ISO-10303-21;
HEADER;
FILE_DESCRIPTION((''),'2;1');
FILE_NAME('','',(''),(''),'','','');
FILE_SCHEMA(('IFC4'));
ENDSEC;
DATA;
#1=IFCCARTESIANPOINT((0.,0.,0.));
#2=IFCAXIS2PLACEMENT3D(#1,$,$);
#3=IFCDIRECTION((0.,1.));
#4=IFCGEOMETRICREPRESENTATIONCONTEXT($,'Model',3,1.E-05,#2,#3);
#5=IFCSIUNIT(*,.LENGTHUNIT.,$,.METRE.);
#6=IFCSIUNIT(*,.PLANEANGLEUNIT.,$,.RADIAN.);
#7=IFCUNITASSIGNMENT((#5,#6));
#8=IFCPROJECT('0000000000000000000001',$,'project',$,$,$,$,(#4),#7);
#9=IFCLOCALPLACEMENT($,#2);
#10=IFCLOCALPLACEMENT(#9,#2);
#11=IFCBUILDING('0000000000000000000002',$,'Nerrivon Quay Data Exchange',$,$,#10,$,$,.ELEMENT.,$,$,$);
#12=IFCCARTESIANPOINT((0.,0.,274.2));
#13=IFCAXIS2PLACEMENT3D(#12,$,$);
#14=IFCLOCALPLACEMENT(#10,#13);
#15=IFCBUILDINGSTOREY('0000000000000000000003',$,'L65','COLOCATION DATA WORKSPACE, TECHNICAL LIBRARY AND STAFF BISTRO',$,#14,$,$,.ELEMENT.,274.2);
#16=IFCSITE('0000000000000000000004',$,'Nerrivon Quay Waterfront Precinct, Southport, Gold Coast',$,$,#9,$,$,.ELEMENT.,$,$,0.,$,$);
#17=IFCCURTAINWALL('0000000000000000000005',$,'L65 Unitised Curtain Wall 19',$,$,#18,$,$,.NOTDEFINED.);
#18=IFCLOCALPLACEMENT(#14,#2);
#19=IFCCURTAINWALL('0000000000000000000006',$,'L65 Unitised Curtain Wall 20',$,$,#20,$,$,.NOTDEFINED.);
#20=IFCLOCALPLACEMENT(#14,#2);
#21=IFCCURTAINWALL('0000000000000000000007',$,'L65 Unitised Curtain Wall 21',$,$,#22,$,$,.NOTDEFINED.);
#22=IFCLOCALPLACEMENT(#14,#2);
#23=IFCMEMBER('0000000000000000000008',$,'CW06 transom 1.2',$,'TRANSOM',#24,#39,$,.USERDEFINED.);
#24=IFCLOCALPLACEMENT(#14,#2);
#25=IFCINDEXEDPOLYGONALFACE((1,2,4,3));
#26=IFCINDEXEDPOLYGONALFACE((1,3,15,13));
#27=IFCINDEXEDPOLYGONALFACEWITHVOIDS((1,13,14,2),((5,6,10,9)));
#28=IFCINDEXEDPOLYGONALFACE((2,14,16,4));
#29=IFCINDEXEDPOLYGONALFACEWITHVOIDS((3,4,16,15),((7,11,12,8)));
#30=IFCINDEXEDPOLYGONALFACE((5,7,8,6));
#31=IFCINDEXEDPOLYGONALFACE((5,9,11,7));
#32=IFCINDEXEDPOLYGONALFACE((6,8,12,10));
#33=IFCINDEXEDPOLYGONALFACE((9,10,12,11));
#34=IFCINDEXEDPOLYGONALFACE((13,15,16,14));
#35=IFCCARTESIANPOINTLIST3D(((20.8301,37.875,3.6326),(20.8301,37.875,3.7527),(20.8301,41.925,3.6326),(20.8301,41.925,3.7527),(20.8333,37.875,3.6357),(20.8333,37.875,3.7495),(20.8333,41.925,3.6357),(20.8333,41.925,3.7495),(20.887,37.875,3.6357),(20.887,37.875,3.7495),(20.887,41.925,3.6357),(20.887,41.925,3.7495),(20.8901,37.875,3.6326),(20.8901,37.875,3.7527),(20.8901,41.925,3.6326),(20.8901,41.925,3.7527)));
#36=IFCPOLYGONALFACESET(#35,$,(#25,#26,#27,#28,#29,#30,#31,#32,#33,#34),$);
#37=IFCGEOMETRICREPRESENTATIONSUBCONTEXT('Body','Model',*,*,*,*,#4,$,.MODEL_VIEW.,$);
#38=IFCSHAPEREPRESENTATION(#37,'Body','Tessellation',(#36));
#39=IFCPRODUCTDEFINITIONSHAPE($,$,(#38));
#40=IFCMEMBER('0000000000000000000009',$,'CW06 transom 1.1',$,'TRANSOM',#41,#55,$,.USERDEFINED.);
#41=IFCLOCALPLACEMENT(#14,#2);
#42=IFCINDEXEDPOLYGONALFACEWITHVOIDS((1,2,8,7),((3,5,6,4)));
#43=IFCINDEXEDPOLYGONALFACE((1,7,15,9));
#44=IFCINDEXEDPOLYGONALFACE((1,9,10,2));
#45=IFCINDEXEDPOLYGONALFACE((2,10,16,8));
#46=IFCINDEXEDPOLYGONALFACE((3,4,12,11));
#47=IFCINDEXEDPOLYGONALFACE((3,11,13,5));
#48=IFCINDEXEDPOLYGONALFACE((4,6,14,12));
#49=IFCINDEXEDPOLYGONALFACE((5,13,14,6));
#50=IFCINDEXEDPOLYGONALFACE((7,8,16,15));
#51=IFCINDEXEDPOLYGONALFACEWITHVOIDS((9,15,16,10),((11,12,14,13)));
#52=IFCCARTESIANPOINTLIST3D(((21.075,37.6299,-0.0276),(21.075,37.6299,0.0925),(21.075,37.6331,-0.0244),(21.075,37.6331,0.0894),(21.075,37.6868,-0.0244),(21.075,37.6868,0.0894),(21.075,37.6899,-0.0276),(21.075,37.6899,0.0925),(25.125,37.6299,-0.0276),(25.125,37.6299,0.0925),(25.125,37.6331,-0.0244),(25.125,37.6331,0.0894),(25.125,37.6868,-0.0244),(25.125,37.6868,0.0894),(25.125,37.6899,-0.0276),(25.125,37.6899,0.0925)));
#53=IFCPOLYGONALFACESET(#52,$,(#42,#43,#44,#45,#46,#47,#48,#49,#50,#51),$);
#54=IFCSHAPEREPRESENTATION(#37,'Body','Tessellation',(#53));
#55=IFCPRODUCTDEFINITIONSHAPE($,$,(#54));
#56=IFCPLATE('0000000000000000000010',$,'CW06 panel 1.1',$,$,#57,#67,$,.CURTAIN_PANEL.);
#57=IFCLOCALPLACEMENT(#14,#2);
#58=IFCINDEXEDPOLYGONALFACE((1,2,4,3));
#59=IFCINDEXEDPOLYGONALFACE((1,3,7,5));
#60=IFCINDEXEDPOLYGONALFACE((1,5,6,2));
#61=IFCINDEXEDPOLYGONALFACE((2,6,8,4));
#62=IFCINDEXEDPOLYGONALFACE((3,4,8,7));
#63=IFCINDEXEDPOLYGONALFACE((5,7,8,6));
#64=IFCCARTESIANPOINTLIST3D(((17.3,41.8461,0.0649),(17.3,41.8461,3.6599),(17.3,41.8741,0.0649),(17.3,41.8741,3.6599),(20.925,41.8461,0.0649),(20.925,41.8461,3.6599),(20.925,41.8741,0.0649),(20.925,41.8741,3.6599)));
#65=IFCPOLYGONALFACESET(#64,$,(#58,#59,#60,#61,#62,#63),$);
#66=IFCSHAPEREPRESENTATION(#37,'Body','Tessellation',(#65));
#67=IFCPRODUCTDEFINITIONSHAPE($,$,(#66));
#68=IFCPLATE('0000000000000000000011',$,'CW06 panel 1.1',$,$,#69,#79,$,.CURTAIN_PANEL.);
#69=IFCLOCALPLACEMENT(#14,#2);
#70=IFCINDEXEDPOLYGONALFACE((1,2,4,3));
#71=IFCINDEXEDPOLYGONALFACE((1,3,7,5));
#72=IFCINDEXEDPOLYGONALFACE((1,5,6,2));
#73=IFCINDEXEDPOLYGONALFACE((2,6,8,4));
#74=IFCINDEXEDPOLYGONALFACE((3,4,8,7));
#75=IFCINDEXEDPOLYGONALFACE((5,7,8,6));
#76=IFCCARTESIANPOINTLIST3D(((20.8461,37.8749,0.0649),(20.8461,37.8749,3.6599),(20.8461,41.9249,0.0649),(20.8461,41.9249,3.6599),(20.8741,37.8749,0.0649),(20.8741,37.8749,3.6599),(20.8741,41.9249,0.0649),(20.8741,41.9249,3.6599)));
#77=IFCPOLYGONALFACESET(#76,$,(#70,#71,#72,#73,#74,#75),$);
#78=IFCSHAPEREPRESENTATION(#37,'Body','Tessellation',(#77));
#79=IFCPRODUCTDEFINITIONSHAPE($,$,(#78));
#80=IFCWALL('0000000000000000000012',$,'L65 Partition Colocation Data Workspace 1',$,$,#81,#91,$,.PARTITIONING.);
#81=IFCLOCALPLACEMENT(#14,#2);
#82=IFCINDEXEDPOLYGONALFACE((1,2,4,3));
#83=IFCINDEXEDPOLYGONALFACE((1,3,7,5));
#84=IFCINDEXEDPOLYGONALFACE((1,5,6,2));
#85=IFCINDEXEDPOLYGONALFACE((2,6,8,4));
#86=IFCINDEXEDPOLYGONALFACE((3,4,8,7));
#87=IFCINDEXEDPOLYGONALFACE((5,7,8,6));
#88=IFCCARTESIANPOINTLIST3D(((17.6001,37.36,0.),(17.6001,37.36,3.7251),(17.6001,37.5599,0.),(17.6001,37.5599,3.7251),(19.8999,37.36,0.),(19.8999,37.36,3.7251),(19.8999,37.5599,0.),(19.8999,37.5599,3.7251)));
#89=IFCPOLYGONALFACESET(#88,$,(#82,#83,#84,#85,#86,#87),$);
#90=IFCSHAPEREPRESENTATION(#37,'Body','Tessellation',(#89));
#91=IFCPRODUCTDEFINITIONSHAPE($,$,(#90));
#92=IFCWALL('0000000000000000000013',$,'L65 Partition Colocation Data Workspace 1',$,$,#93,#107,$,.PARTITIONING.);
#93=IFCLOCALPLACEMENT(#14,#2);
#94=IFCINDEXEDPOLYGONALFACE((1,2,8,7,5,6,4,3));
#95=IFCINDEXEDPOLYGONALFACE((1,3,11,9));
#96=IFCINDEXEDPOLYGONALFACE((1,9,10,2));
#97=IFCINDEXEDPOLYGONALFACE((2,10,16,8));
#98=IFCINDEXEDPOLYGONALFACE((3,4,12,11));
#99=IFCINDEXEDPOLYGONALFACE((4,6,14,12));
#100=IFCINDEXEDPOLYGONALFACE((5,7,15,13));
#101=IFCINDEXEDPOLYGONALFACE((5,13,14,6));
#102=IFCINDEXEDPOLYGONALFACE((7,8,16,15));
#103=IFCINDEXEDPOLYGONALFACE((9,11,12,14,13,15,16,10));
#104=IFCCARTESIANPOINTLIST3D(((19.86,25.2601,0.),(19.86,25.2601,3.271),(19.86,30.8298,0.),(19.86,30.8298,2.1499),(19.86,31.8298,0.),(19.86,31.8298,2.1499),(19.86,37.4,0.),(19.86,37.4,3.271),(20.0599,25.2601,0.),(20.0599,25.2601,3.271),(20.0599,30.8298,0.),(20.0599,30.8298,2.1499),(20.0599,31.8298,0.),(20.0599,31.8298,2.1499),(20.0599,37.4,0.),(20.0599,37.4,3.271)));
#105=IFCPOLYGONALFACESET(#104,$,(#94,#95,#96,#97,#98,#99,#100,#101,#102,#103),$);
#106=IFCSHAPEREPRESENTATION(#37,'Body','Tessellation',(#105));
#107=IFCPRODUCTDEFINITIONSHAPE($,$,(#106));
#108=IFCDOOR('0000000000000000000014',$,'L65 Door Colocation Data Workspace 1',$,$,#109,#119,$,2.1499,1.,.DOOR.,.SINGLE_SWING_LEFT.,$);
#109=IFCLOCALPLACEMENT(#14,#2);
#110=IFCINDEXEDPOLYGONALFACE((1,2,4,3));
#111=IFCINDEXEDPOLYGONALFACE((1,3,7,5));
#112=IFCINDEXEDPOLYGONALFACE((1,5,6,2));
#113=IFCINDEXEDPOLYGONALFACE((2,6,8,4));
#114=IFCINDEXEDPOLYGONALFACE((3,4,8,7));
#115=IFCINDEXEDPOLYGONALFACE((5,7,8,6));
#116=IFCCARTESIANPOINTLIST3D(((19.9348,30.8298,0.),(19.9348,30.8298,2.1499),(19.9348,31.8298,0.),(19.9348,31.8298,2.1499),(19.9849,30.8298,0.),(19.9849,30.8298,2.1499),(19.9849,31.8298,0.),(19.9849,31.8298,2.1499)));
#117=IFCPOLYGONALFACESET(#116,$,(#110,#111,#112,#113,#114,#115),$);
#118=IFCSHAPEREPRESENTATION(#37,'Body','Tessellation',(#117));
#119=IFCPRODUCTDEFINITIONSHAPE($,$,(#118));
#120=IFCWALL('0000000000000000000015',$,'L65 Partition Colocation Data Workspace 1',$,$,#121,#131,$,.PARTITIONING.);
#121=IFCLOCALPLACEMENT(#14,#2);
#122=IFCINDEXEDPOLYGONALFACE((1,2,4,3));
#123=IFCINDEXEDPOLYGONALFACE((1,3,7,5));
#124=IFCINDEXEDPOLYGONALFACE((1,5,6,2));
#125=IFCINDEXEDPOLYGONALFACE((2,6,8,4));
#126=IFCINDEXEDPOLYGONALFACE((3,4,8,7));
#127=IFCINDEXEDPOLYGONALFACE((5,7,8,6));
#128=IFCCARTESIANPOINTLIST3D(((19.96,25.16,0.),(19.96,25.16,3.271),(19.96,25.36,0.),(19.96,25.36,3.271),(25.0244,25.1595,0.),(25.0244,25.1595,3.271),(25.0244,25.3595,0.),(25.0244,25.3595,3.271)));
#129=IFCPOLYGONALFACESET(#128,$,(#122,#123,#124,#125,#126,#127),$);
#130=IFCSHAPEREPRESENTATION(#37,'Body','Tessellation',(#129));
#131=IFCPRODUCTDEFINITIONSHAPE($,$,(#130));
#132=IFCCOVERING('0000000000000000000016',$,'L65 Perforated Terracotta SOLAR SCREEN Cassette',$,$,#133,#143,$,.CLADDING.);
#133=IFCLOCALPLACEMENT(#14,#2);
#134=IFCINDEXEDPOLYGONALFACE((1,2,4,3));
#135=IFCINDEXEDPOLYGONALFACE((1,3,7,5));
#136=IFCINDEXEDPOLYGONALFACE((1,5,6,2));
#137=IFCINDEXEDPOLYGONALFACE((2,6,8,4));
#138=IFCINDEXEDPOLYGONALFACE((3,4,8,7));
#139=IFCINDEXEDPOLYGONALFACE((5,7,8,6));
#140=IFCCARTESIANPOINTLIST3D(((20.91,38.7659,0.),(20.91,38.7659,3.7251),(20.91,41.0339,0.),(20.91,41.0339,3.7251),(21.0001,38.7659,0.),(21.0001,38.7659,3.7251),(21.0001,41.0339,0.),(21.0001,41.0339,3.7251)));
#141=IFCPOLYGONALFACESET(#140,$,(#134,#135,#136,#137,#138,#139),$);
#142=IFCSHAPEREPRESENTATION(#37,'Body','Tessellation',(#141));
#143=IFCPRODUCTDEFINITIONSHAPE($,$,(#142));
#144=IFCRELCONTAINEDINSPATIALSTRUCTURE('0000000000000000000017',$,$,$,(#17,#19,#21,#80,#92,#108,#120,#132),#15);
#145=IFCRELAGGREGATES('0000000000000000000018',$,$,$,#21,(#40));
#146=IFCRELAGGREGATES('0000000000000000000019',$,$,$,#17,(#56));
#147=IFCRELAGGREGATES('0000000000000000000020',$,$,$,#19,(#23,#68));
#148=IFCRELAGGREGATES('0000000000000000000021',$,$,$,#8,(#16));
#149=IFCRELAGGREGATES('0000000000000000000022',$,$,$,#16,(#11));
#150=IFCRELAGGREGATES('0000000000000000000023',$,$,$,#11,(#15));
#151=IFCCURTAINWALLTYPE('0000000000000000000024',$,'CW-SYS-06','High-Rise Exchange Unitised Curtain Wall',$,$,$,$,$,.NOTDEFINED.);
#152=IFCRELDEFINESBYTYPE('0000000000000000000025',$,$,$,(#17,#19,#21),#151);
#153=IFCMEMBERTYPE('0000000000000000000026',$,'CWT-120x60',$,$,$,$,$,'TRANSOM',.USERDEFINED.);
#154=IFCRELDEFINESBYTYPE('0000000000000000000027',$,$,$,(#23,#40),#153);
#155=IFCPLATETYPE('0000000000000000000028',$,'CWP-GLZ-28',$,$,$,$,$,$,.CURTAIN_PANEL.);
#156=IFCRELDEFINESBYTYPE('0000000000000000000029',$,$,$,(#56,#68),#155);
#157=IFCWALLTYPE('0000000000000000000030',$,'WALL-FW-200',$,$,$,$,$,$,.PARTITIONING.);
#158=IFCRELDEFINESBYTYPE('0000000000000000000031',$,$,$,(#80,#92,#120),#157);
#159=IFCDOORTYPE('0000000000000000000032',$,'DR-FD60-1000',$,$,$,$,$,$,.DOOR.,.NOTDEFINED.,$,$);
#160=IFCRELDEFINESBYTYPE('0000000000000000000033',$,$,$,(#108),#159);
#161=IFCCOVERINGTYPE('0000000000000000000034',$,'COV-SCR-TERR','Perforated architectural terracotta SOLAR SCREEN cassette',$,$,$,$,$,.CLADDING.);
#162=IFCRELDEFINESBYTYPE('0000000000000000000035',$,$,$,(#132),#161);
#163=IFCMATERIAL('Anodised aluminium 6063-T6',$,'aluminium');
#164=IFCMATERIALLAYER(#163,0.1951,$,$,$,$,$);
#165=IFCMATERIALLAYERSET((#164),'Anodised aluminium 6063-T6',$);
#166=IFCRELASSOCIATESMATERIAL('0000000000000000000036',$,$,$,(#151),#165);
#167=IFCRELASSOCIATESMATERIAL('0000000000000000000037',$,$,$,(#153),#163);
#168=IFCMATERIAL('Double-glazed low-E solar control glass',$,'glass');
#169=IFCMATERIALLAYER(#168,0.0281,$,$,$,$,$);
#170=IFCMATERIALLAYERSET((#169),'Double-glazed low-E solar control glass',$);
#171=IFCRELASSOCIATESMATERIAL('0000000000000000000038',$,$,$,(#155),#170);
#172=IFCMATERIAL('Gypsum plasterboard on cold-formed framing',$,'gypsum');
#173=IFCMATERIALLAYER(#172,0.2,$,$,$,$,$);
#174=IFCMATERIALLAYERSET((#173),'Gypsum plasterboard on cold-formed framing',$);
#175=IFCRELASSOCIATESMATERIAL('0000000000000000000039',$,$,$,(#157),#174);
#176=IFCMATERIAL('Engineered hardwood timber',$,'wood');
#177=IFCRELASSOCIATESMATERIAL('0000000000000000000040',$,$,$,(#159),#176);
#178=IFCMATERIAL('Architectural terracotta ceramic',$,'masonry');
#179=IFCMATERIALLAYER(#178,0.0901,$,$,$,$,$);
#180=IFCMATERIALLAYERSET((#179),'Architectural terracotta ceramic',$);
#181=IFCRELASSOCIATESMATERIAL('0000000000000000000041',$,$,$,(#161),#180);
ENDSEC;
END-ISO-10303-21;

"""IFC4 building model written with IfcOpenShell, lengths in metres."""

from ifc_helpers import new_model, si_unit, direction, frame, frame_2d, origin, origin_2d, place, context, subcontext, project, spatial, rectangle, hollow_rectangle, extrude, material, layer, layer_set, material_profile, profile_set, type_object, element, fill, aggregate, save


model = new_model("IFC4")

# Units and contexts
model_context = context("Model", 3, precision=1e-05, world=origin(), true_north=direction((0.0, 1.0)))
body_context = subcontext(model_context, "Body", "Model", "MODEL_VIEW")
ifc_project = project(units=[si_unit("LENGTHUNIT", "METRE"), si_unit("PLANEANGLEUNIT", "RADIAN")], contexts=[model_context])

# Site, building, storey
site_placement = place(None, origin())
site = spatial("IfcSite", under=ifc_project, at=site_placement, Name="Nerrivon Quay Waterfront Precinct, Southport, Gold Coast", CompositionType="ELEMENT", RefElevation=0.0)
building_placement = place(site_placement, origin())
building = spatial("IfcBuilding", under=site, at=building_placement, Name="Nerrivon Quay Data Exchange", CompositionType="ELEMENT")
storey_placement = place(building_placement, frame((0.0, 0.0, 274.2)))
storey = spatial("IfcBuildingStorey", under=building, at=storey_placement, Name="L65", Description="COLOCATION DATA WORKSPACE, TECHNICAL LIBRARY AND STAFF BISTRO", CompositionType="ELEMENT", Elevation=274.2)

# Curtain walls
ifc_material_1 = material(Name="Anodised aluminium 6063-T6", Category="aluminium")
ifc_layer_1 = layer(ifc_material_1, 0.1951)
ifc_layer_set_1 = layer_set([ifc_layer_1], Name="Anodised aluminium 6063-T6")
curtain_wall_type = type_object("IfcCurtainWallType", Name="CW-SYS-06", Description="High-Rise Exchange Unitised Curtain Wall", PredefinedType="NOTDEFINED", material=ifc_layer_set_1)
curtain_wall_1_placement = place(storey_placement, origin())
curtain_wall_1 = element("IfcCurtainWall", 1, at=curtain_wall_1_placement, inside=storey, type_object=curtain_wall_type, Name="L65 Unitised Curtain Wall 19", PredefinedType="NOTDEFINED")
curtain_wall_2_placement = place(storey_placement, origin())
curtain_wall_2 = element("IfcCurtainWall", 2, at=curtain_wall_2_placement, inside=storey, type_object=curtain_wall_type, Name="L65 Unitised Curtain Wall 20", PredefinedType="NOTDEFINED")

# Curtain wall
curtain_wall_3_placement = place(storey_placement, origin())
curtain_wall_3 = element("IfcCurtainWall", 3, at=curtain_wall_3_placement, inside=storey, type_object=curtain_wall_type, Name="L65 Unitised Curtain Wall 21", PredefinedType="NOTDEFINED")

# Members
ifc_material_profile_1 = material_profile(ifc_material_1, hollow_rectangle(XDim=0.0601, YDim=0.1201, WallThickness=0.0032, at=origin_2d()), Name="ALU-TRAN-120x60")
ifc_profile_set_1 = profile_set([ifc_material_profile_1], Name="Anodised aluminium 6063-T6")
member_type_1 = type_object("IfcMemberType", Name="CWT-120x60", ElementType="TRANSOM", PredefinedType="USERDEFINED", material=ifc_profile_set_1)
member_1_placement = place(storey_placement, frame((20.8601, 41.925, 3.6926), z_axis=(0.0, -1.0, 0.0), x_axis=(1.0, 0.0, 0.0)))
member_1 = element("IfcMember", 4, at=member_1_placement, type_object=member_type_1, Name="CW06 transom 1.2", ObjectType="TRANSOM", PredefinedType="USERDEFINED", context=body_context, shape_type="SweptSolid", body=[
    extrude(hollow_rectangle(XDim=0.0601, YDim=0.1201, WallThickness=0.0032, at=origin_2d()), origin(), (0.0, 0.0, 1.0), 4.05),
])
member_2_placement = place(storey_placement, frame((21.075, 37.6599, 0.0325), z_axis=(1.0, 0.0, 0.0), x_axis=(0.0, 1.0, 0.0)))
member_2 = element("IfcMember", 5, at=member_2_placement, type_object=member_type_1, Name="CW06 transom 1.1", ObjectType="TRANSOM", PredefinedType="USERDEFINED", context=body_context, shape_type="SweptSolid", body=[
    extrude(hollow_rectangle(XDim=0.0601, YDim=0.1201, WallThickness=0.0032, at=origin_2d()), origin(), (0.0, 0.0, 1.0), 4.05),
])
aggregate(curtain_wall_3, [member_2])

# Plates
ifc_material_2 = material(Name="Double-glazed low-E solar control glass", Category="glass")
ifc_layer_2 = layer(ifc_material_2, 0.0281)
ifc_layer_set_2 = layer_set([ifc_layer_2], Name="Double-glazed low-E solar control glass")
plate_type = type_object("IfcPlateType", Name="CWP-GLZ-28", PredefinedType="CURTAIN_PANEL", material=ifc_layer_set_2)
plate_1_placement = place(storey_placement, frame((19.1125, 41.8601, 0.0649), z_axis=(0.0, 0.0, 1.0), x_axis=(1.0, 0.0, 0.0)))
plate_1 = element("IfcPlate", 6, at=plate_1_placement, type_object=plate_type, Name="CW06 panel 1.1", PredefinedType="CURTAIN_PANEL", context=body_context, shape_type="SweptSolid", body=[
    extrude(rectangle(XDim=3.625, YDim=0.0281, at=origin_2d()), origin(), (0.0, 0.0, 1.0), 3.595),
])
aggregate(curtain_wall_1, [plate_1])
plate_2_placement = place(storey_placement, frame((20.8601, 39.8999, 0.0649), z_axis=(0.0, 0.0, 1.0), x_axis=(0.0, -1.0, 0.0)))
plate_2 = element("IfcPlate", 7, at=plate_2_placement, type_object=plate_type, Name="CW06 panel 1.1", PredefinedType="CURTAIN_PANEL", context=body_context, shape_type="SweptSolid", body=[
    extrude(rectangle(XDim=4.05, YDim=0.0281, at=origin_2d()), origin(), (0.0, 0.0, 1.0), 3.595),
])
aggregate(curtain_wall_2, [member_1, plate_2])

# Wall
ifc_material_3 = material(Name="Gypsum plasterboard on cold-formed framing", Category="gypsum")
ifc_layer_3 = layer(ifc_material_3, 0.2)
ifc_layer_set_3 = layer_set([ifc_layer_3], Name="Gypsum plasterboard on cold-formed framing")
wall_type_1 = type_object("IfcWallType", Name="WALL-FW-200", PredefinedType="PARTITIONING", material=ifc_layer_set_3)
wall_1_placement = place(storey_placement, frame((17.6001, 37.46, 0.0), z_axis=(0.0, 0.0, 1.0), x_axis=(1.0, 0.0, 0.0)))
element("IfcWall", 8, at=wall_1_placement, inside=storey, type_object=wall_type_1, Name="L65 Partition Colocation Data Workspace 1", PredefinedType="PARTITIONING", context=body_context, shape_type="SweptSolid", body=[
    extrude(rectangle(XDim=2.2998, YDim=0.2, at=frame_2d((1.1499, 0.0))), origin(), (0.0, 0.0, 1.0), 3.7251),
])

# Wall, opening, door
wall_2_placement = place(storey_placement, frame((19.96, 37.3999, 0.0), z_axis=(0.0, 0.0, 1.0), x_axis=(0.0, -1.0, 0.0)))
wall_2 = element("IfcWall", 9, at=wall_2_placement, inside=storey, type_object=wall_type_1, Name="L65 Partition Colocation Data Workspace 1", PredefinedType="PARTITIONING", context=body_context, shape_type="SweptSolid", body=[
    extrude(rectangle(XDim=12.1399, YDim=0.2, at=frame_2d((6.0698, 0.0))), origin(), (0.0, 0.0, 1.0), 3.271),
])
opening_1_placement = place(wall_2_placement, frame((5.5701, 0.0, 0.0)))
opening_1 = element("IfcOpeningElement", 10, at=opening_1_placement, cuts=wall_2, PredefinedType="OPENING", context=body_context, shape_type="SweptSolid", body=[
    extrude(rectangle(XDim=1.0, YDim=2.1499, at=frame_2d((0.5, 1.075))), frame((0.0, 0.1099, 0.0), z_axis=(0.0, -1.0, 0.0), x_axis=(1.0, 0.0, 0.0)), (0.0, 0.0, 1.0), 0.22),
])
ifc_material_4 = material(Name="Engineered hardwood timber", Category="wood")
door_type_1 = type_object("IfcDoorType", Name="DR-FD60-1000", OperationType="NOTDEFINED", PredefinedType="DOOR", material=ifc_material_4)
door_1_placement = place(opening_1_placement, origin())
door_1 = element("IfcDoor", 11, at=door_1_placement, inside=storey, type_object=door_type_1, Name="L65 Door Colocation Data Workspace 1", OperationType="SINGLE_SWING_LEFT", OverallHeight=2.1499, OverallWidth=1.0, PredefinedType="DOOR", context=body_context, shape_type="SweptSolid", body=[
    extrude(rectangle(XDim=1.0, YDim=2.1499, at=frame_2d((0.5, 1.075))), frame((0.0, 0.0249, 0.0), z_axis=(0.0, -1.0, 0.0), x_axis=(1.0, 0.0, 0.0)), (0.0, 0.0, 1.0), 0.05),
])
fill(opening_1, door_1)

# Wall
wall_3_placement = place(storey_placement, frame((19.96, 25.26, 0.0), z_axis=(0.0, 0.0, 1.0), x_axis=(1.0, -0.000096, 0.0)))
element("IfcWall", 12, at=wall_3_placement, inside=storey, type_object=wall_type_1, Name="L65 Partition Colocation Data Workspace 1", PredefinedType="PARTITIONING", context=body_context, shape_type="SweptSolid", body=[
    extrude(rectangle(XDim=5.0645, YDim=0.2, at=frame_2d((2.5322, 0.0))), origin(), (0.0, 0.0, 1.0), 3.271),
])

# Covering
ifc_material_5 = material(Name="Architectural terracotta ceramic", Category="masonry")
ifc_layer_4 = layer(ifc_material_5, 0.0901)
ifc_layer_set_4 = layer_set([ifc_layer_4], Name="Architectural terracotta ceramic")
covering_type = type_object("IfcCoveringType", Name="COV-SCR-TERR", Description="Perforated architectural terracotta SOLAR SCREEN cassette", PredefinedType="CLADDING", material=ifc_layer_set_4)
covering_placement = place(storey_placement, frame((20.9551, 39.8999, 0.0), z_axis=(0.0, 0.0, 1.0), x_axis=(0.0, -1.0, 0.0)))
element("IfcCovering", 13, at=covering_placement, inside=storey, type_object=covering_type, Name="L65 Perforated Terracotta SOLAR SCREEN Cassette", PredefinedType="CLADDING", context=body_context, shape_type="SweptSolid", body=[
    extrude(rectangle(XDim=2.2681, YDim=0.0901, at=origin_2d()), origin(), (0.0, 0.0, 1.0), 3.7251),
])

save(model, "model.ifc")
